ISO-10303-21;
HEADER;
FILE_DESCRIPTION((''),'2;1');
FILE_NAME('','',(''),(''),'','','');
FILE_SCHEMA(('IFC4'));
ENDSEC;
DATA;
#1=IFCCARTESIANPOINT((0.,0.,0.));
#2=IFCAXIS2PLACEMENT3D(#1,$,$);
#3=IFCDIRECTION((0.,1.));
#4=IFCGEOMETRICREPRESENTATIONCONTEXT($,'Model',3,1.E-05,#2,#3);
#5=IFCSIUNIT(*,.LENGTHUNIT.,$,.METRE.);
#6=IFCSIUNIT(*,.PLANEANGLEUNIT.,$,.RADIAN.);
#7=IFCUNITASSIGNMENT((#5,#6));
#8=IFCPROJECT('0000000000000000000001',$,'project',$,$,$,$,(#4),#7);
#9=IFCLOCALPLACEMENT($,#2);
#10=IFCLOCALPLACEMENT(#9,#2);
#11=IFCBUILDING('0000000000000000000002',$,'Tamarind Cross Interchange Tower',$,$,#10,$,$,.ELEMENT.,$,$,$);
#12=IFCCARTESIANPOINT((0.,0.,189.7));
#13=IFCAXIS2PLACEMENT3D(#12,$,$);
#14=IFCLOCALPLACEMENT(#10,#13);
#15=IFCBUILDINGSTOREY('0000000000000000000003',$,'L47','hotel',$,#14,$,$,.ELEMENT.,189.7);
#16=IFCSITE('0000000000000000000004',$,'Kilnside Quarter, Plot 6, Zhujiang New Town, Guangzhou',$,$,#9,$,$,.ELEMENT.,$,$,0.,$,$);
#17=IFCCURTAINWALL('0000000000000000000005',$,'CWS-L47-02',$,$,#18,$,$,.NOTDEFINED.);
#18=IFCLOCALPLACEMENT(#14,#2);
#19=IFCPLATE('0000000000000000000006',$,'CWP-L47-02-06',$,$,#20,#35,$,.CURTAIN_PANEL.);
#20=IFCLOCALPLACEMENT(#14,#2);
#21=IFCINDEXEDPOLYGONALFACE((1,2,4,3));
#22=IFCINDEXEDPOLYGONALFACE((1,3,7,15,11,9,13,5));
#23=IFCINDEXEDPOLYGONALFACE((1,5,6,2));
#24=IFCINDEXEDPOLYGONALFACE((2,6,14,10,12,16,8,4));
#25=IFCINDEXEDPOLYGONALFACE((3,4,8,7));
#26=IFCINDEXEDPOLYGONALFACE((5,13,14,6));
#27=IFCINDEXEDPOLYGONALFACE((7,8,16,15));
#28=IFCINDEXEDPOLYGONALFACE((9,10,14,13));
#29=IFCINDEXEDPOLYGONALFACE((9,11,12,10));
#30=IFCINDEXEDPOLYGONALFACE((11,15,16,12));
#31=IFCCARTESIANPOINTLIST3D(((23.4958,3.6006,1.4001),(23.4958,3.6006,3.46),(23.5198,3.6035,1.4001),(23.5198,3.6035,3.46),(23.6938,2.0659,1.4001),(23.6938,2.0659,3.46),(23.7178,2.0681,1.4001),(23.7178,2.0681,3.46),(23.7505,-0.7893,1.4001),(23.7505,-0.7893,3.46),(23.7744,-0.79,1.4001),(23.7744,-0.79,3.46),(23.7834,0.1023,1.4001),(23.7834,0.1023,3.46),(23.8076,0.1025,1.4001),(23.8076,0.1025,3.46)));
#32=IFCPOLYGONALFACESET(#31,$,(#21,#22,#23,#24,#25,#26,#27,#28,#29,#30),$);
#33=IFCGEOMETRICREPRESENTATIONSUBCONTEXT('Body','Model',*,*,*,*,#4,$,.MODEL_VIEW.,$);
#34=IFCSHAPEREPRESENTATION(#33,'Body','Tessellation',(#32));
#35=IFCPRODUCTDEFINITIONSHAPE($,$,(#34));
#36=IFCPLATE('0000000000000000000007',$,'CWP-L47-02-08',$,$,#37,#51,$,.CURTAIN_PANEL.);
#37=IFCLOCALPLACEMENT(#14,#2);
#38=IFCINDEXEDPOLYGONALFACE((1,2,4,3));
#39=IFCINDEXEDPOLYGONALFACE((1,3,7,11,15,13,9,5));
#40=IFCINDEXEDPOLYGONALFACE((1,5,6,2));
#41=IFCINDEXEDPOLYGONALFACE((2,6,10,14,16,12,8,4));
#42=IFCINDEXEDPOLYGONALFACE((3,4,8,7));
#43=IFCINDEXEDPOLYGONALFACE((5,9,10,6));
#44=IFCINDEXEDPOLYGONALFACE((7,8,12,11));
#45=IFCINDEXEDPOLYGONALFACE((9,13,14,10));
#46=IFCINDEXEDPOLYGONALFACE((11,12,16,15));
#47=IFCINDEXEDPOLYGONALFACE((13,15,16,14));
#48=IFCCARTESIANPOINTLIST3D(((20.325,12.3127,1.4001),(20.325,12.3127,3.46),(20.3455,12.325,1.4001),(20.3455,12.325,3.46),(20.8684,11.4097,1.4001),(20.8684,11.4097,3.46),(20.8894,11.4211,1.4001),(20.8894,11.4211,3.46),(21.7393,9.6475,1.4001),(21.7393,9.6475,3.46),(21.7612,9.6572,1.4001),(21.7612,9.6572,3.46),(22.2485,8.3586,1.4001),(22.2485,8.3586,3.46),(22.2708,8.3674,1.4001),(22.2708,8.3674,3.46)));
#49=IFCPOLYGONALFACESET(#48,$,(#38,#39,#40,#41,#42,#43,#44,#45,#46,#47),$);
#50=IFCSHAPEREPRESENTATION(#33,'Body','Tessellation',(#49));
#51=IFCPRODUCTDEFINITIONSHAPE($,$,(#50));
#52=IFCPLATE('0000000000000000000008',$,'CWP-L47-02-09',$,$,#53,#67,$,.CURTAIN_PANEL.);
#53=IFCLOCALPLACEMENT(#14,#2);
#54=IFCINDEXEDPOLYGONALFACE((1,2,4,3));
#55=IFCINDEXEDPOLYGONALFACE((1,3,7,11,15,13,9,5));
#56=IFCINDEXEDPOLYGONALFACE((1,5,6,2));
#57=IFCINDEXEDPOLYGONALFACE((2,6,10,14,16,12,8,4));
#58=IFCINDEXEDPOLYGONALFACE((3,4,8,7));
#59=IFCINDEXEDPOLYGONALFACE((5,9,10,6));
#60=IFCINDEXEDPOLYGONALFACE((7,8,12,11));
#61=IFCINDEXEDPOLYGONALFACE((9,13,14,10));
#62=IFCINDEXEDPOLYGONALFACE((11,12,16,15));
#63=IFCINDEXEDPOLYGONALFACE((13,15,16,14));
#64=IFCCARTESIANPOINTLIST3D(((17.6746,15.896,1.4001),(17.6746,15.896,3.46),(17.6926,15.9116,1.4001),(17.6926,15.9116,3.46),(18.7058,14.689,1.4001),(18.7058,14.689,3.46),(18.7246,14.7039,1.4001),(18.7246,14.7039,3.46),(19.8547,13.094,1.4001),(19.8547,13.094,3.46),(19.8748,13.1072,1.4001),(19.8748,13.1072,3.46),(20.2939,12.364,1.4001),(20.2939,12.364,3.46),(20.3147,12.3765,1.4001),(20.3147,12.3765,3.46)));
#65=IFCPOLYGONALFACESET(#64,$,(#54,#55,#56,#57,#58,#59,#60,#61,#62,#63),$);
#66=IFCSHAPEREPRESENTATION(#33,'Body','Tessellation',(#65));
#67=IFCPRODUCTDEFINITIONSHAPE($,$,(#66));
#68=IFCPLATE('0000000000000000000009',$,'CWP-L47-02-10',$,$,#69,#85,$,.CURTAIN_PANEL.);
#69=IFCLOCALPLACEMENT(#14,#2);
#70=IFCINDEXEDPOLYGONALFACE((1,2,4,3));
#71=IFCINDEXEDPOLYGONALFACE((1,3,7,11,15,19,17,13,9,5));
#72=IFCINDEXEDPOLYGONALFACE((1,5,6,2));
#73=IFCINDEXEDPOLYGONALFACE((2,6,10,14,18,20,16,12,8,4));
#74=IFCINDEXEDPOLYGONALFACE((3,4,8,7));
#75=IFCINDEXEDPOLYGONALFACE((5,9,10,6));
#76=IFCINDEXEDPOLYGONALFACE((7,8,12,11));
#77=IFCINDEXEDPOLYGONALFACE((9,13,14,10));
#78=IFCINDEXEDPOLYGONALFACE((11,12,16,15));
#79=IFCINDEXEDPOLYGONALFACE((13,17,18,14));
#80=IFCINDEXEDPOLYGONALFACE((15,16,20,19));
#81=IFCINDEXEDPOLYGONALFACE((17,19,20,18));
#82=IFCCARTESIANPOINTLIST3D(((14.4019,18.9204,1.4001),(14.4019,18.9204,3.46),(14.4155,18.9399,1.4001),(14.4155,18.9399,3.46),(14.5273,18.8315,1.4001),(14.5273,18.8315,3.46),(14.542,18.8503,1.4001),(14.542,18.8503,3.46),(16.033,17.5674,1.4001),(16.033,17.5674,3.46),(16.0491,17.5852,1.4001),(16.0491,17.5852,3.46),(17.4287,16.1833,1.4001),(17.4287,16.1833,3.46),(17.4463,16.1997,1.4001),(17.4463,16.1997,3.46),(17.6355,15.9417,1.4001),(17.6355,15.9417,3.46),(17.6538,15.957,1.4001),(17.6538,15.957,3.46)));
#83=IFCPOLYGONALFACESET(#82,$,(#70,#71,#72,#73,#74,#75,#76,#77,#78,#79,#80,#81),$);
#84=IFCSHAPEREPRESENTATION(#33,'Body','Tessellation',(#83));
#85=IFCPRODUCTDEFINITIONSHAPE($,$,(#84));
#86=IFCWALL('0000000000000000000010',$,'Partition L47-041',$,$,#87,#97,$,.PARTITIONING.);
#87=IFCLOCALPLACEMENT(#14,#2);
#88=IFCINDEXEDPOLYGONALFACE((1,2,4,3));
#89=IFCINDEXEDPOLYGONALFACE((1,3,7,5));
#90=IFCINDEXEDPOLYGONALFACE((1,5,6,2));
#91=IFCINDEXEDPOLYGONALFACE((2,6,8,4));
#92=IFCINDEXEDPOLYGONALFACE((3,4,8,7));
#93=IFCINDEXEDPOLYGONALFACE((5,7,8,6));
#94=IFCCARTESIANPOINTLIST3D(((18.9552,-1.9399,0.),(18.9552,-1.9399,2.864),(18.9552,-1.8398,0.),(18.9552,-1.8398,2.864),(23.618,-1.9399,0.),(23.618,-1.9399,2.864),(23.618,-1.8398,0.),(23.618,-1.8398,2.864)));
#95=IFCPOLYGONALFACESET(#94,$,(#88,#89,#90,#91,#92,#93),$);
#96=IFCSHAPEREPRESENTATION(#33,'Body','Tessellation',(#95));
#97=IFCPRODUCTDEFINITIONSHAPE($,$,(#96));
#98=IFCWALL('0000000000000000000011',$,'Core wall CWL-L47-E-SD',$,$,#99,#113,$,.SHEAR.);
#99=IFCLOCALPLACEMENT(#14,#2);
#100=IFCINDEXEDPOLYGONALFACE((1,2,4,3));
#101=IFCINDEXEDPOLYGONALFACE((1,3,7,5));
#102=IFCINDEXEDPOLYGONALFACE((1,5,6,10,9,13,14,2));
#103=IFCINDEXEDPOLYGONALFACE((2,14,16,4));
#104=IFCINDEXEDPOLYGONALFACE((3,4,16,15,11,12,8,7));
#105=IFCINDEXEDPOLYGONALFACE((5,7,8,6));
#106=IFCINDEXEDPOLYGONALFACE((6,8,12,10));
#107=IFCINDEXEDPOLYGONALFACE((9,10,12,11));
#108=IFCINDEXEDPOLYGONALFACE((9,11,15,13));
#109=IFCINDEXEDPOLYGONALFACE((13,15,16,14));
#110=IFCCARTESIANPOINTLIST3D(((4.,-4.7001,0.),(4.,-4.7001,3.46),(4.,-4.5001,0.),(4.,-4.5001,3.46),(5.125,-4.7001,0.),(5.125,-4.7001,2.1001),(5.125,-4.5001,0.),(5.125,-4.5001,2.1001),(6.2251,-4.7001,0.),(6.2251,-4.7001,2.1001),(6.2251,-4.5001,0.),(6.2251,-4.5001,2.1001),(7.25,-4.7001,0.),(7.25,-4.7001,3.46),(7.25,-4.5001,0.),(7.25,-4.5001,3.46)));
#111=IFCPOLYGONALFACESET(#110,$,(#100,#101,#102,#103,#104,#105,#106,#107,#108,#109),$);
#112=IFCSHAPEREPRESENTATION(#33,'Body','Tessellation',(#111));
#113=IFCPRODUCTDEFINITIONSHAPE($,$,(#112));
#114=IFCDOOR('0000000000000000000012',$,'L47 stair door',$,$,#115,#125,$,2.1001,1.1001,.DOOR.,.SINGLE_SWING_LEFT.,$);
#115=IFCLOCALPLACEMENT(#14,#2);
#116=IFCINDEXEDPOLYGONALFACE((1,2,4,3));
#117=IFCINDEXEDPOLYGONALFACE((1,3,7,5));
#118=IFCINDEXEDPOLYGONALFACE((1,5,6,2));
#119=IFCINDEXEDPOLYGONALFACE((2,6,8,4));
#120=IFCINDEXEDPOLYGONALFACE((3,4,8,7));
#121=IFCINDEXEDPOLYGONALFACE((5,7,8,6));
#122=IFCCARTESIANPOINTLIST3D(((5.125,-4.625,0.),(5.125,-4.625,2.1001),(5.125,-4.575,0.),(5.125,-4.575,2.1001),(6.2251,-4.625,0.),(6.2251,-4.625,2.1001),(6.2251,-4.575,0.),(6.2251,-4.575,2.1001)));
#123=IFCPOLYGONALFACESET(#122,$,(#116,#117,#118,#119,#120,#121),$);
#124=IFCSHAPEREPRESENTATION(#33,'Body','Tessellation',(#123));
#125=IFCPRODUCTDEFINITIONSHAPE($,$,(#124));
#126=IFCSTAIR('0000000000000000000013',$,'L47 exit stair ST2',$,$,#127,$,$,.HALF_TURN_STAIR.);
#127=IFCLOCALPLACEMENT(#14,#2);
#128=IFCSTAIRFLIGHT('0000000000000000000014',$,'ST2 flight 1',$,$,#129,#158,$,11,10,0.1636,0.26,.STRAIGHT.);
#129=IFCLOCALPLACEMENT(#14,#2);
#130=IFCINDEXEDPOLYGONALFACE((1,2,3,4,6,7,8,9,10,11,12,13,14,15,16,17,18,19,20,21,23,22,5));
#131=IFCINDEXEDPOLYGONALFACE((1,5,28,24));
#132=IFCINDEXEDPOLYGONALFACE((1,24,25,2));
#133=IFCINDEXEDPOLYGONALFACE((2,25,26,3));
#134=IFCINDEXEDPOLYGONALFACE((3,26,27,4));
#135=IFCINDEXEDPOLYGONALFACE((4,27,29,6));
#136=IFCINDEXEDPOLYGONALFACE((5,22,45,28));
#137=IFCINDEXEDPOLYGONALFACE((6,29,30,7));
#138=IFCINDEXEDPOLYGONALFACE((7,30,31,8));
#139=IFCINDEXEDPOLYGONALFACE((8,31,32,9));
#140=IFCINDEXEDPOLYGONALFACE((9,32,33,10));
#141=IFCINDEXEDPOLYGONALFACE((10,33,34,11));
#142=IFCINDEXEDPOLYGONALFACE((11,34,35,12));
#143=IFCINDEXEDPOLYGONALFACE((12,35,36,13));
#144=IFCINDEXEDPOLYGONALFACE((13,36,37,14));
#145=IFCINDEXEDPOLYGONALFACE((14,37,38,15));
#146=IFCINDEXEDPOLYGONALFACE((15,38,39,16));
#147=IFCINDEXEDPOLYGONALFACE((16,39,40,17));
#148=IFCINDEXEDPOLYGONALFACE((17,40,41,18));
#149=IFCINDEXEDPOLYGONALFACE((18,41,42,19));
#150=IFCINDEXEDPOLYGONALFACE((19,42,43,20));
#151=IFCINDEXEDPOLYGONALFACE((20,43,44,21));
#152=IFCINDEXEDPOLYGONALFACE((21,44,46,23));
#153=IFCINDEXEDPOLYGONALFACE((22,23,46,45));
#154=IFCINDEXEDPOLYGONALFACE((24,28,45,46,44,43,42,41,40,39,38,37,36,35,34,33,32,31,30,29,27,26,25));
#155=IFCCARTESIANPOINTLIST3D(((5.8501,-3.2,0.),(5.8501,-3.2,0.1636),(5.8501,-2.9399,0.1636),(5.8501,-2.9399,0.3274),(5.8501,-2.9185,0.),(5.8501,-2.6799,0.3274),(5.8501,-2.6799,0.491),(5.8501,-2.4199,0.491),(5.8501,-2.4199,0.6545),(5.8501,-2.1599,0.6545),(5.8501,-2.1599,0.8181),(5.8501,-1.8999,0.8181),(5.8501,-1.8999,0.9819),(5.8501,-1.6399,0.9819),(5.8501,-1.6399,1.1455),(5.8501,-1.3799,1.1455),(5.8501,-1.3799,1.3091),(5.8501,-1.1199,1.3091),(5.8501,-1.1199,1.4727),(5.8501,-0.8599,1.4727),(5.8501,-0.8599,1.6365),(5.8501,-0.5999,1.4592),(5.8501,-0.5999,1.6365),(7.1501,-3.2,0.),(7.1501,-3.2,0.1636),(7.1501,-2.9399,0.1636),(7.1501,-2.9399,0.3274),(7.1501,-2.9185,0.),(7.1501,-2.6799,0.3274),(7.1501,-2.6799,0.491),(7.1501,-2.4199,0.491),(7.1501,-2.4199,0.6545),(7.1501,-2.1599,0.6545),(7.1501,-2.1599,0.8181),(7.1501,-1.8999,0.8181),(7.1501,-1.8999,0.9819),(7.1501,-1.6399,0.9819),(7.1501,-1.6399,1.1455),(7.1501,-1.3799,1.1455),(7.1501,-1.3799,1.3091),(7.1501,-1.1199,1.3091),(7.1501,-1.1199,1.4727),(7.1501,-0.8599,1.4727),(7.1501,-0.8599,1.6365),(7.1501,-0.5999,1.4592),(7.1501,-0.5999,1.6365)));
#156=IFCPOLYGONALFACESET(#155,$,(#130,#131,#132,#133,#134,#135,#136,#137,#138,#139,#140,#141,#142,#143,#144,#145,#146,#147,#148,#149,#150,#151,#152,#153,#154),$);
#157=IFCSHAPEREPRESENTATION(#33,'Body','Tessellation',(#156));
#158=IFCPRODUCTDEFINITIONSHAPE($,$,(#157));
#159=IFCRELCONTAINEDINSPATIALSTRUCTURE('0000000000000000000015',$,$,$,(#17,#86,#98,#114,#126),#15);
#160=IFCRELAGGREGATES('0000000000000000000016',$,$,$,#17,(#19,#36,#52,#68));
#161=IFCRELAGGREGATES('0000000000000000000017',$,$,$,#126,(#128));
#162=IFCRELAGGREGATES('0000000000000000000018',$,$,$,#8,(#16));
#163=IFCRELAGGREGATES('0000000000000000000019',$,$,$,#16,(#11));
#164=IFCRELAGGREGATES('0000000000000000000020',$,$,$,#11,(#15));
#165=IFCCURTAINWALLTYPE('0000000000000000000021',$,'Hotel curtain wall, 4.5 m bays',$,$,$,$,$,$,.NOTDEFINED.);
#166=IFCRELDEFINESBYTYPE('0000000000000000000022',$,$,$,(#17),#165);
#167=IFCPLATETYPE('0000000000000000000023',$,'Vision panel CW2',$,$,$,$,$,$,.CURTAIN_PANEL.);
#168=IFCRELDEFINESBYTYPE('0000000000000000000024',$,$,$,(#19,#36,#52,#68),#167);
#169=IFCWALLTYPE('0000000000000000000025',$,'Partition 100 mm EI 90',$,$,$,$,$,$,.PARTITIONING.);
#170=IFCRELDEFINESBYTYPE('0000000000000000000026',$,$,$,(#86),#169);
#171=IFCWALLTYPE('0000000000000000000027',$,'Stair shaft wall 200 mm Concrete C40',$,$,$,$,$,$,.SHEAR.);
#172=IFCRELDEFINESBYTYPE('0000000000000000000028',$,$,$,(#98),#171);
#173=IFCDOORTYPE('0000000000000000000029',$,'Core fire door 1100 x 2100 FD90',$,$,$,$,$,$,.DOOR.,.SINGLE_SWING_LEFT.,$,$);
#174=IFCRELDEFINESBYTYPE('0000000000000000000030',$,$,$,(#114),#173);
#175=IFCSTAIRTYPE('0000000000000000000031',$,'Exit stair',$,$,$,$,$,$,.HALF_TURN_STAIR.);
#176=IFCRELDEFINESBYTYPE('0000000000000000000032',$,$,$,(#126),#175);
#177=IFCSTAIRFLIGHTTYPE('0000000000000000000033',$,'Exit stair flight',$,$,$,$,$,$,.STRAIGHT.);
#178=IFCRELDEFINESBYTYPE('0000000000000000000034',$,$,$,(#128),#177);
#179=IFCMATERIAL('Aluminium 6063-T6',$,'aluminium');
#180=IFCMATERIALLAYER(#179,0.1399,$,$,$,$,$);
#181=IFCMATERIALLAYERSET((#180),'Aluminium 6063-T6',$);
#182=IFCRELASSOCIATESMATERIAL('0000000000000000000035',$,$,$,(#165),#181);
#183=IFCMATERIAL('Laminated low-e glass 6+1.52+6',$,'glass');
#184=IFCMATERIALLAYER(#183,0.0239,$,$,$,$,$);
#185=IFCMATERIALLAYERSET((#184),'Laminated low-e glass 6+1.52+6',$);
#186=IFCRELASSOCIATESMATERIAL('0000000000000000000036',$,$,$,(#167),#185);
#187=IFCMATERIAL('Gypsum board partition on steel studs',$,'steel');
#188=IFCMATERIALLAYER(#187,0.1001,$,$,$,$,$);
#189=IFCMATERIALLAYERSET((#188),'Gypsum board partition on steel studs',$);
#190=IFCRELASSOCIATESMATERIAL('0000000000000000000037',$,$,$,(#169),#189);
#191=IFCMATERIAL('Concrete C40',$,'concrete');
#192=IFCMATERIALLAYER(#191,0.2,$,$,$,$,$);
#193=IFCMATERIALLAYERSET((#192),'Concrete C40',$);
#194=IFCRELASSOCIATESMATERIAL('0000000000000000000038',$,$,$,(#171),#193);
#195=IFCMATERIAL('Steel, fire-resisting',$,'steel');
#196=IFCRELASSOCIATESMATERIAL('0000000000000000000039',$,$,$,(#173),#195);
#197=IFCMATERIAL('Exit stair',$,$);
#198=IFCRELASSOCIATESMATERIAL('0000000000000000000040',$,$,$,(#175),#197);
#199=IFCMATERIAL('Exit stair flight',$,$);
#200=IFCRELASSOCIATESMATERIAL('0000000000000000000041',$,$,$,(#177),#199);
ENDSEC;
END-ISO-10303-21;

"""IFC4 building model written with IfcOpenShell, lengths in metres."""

from ifc_helpers import new_model, si_unit, direction, frame, frame_2d, origin, place, context, subcontext, project, spatial, polyline, rectangle, outline, extrude, material, layer, layer_set, type_object, element, fill, aggregate, save


model = new_model("IFC4")

# Units and contexts
model_context = context("Model", 3, precision=1e-05, world=origin(), true_north=direction((0.0, 1.0)))
body_context = subcontext(model_context, "Body", "Model", "MODEL_VIEW")
ifc_project = project(units=[si_unit("LENGTHUNIT", "METRE"), si_unit("PLANEANGLEUNIT", "RADIAN")], contexts=[model_context])

# Site, building, storey
site_placement = place(None, origin())
site = spatial("IfcSite", under=ifc_project, at=site_placement, Name="Kilnside Quarter, Plot 6, Zhujiang New Town, Guangzhou", CompositionType="ELEMENT", RefElevation=0.0)
building_placement = place(site_placement, origin())
building = spatial("IfcBuilding", under=site, at=building_placement, Name="Tamarind Cross Interchange Tower", CompositionType="ELEMENT")
storey_placement = place(building_placement, frame((0.0, 0.0, 189.7)))
storey = spatial("IfcBuildingStorey", under=building, at=storey_placement, Name="L47", Description="hotel", CompositionType="ELEMENT", Elevation=189.7)

# Shared definitions
ifc_material_1 = material(Name="Aluminium 6063-T6", Category="aluminium")
ifc_layer_1 = layer(ifc_material_1, 0.1399)
ifc_layer_set_1 = layer_set([ifc_layer_1], Name="Aluminium 6063-T6")
curtain_wall_type = type_object("IfcCurtainWallType", Name="Hotel curtain wall, 4.5 m bays", PredefinedType="NOTDEFINED", material=ifc_layer_set_1)

# Curtain wall
curtain_wall_1_placement = place(storey_placement, origin())
curtain_wall_1 = element("IfcCurtainWall", 1, at=curtain_wall_1_placement, inside=storey, type_object=curtain_wall_type, Name="CWS-L47-02", PredefinedType="NOTDEFINED")

# Plates
ifc_material_2 = material(Name="Laminated low-e glass 6+1.52+6", Category="glass")
ifc_layer_2 = layer(ifc_material_2, 0.0239)
ifc_layer_set_2 = layer_set([ifc_layer_2], Name="Laminated low-e glass 6+1.52+6")
plate_type = type_object("IfcPlateType", Name="Vision panel CW2", PredefinedType="CURTAIN_PANEL", material=ifc_layer_set_2)
plate_1_placement = place(storey_placement, frame((0.0, 0.0, 1.4001)))
plate_1 = element("IfcPlate", 2, at=plate_1_placement, type_object=plate_type, Name="CWP-L47-02-06", PredefinedType="CURTAIN_PANEL", context=body_context, shape_type="SweptSolid", body=[
    extrude(outline(polyline([(23.7505, -0.7893), (23.7834, 0.1023), (23.6938, 2.0659), (23.4958, 3.6006), (23.5198, 3.6035), (23.7178, 2.0681), (23.8076, 0.1025), (23.7744, -0.79), (23.7505, -0.7893)])), origin(), (0.0, 0.0, 1.0), 2.0598),
])
plate_2_placement = place(storey_placement, frame((0.0, 0.0, 1.4001)))
plate_2 = element("IfcPlate", 3, at=plate_2_placement, type_object=plate_type, Name="CWP-L47-02-08", PredefinedType="CURTAIN_PANEL", context=body_context, shape_type="SweptSolid", body=[
    extrude(outline(polyline([(22.2485, 8.3586), (21.7393, 9.6475), (20.8684, 11.4097), (20.325, 12.3127), (20.3455, 12.325), (20.8894, 11.4211), (21.7612, 9.6572), (22.2708, 8.3674), (22.2485, 8.3586)])), origin(), (0.0, 0.0, 1.0), 2.0598),
])
plate_3_placement = place(storey_placement, frame((0.0, 0.0, 1.4001)))
plate_3 = element("IfcPlate", 4, at=plate_3_placement, type_object=plate_type, Name="CWP-L47-02-09", PredefinedType="CURTAIN_PANEL", context=body_context, shape_type="SweptSolid", body=[
    extrude(outline(polyline([(20.2939, 12.364), (19.8547, 13.094), (18.7058, 14.689), (17.6746, 15.896), (17.6926, 15.9116), (18.7246, 14.7039), (19.8748, 13.1072), (20.3147, 12.3765), (20.2939, 12.364)])), origin(), (0.0, 0.0, 1.0), 2.0598),
])
plate_4_placement = place(storey_placement, frame((0.0, 0.0, 1.4001)))
plate_4 = element("IfcPlate", 5, at=plate_4_placement, type_object=plate_type, Name="CWP-L47-02-10", PredefinedType="CURTAIN_PANEL", context=body_context, shape_type="SweptSolid", body=[
    extrude(outline(polyline([(17.6355, 15.9417), (17.4287, 16.1833), (16.033, 17.5674), (14.5273, 18.8315), (14.4019, 18.9204), (14.4155, 18.9399), (14.542, 18.8503), (16.0491, 17.5852), (17.4463, 16.1997), (17.6538, 15.957), (17.6355, 15.9417)])), origin(), (0.0, 0.0, 1.0), 2.0598),
])
aggregate(curtain_wall_1, [plate_1, plate_2, plate_3, plate_4])

# Wall
ifc_material_3 = material(Name="Gypsum board partition on steel studs", Category="steel")
ifc_layer_3 = layer(ifc_material_3, 0.1001)
ifc_layer_set_3 = layer_set([ifc_layer_3], Name="Gypsum board partition on steel studs")
wall_type_1 = type_object("IfcWallType", Name="Partition 100 mm EI 90", PredefinedType="PARTITIONING", material=ifc_layer_set_3)
wall_1_placement = place(storey_placement, frame((18.9551, -1.8899, 0.0), z_axis=(0.0, 0.0, 1.0), x_axis=(1.0, 0.0, 0.0)))
element("IfcWall", 6, at=wall_1_placement, inside=storey, type_object=wall_type_1, Name="Partition L47-041", PredefinedType="PARTITIONING", context=body_context, shape_type="SweptSolid", body=[
    extrude(rectangle(XDim=4.6628, YDim=0.1001, at=frame_2d((2.3315, 0.0))), origin(), (0.0, 0.0, 1.0), 2.864),
])

# Wall, opening, door
ifc_material_4 = material(Name="Concrete C40", Category="concrete")
ifc_layer_4 = layer(ifc_material_4, 0.2)
ifc_layer_set_4 = layer_set([ifc_layer_4], Name="Concrete C40")
wall_type_2 = type_object("IfcWallType", Name="Stair shaft wall 200 mm Concrete C40", PredefinedType="SHEAR", material=ifc_layer_set_4)
wall_2_placement = place(storey_placement, frame((7.25, -4.6001, 0.0), z_axis=(0.0, 0.0, 1.0), x_axis=(-1.0, 0.0, 0.0)))
wall_2 = element("IfcWall", 7, at=wall_2_placement, inside=storey, type_object=wall_type_2, Name="Core wall CWL-L47-E-SD", PredefinedType="SHEAR", context=body_context, shape_type="SweptSolid", body=[
    extrude(rectangle(XDim=3.25, YDim=0.2, at=frame_2d((1.625, 0.0))), origin(), (0.0, 0.0, 1.0), 3.46),
])
opening_placement = place(wall_2_placement, frame((1.0249, 0.0, 0.0)))
opening = element("IfcOpeningElement", 8, at=opening_placement, cuts=wall_2, PredefinedType="OPENING", context=body_context, shape_type="SweptSolid", body=[
    extrude(rectangle(XDim=1.1001, YDim=2.1001, at=frame_2d((0.55, 1.05))), frame((0.0, 0.1099, 0.0), z_axis=(0.0, -1.0, 0.0), x_axis=(1.0, 0.0, 0.0)), (0.0, 0.0, 1.0), 0.22),
])
ifc_material_5 = material(Name="Steel, fire-resisting", Category="steel")
door_type = type_object("IfcDoorType", Name="Core fire door 1100 x 2100 FD90", OperationType="SINGLE_SWING_LEFT", PredefinedType="DOOR", material=ifc_material_5)
door_placement = place(opening_placement, origin())
door = element("IfcDoor", 9, at=door_placement, inside=storey, type_object=door_type, Name="L47 stair door", OperationType="SINGLE_SWING_LEFT", OverallHeight=2.1001, OverallWidth=1.1001, PredefinedType="DOOR", context=body_context, shape_type="SweptSolid", body=[
    extrude(rectangle(XDim=1.1001, YDim=2.1001, at=frame_2d((0.55, 1.05))), frame((0.0, 0.0249, 0.0), z_axis=(0.0, -1.0, 0.0), x_axis=(1.0, 0.0, 0.0)), (0.0, 0.0, 1.0), 0.05),
])
fill(opening, door)

# Stair, stair flight
ifc_material_6 = material(Name="Exit stair")
stair_type = type_object("IfcStairType", Name="Exit stair", PredefinedType="HALF_TURN_STAIR", material=ifc_material_6)
stair_placement = place(storey_placement, origin())
stair = element("IfcStair", 10, at=stair_placement, inside=storey, type_object=stair_type, Name="L47 exit stair ST2", PredefinedType="HALF_TURN_STAIR")
ifc_material_7 = material(Name="Exit stair flight")
stair_flight_type = type_object("IfcStairFlightType", Name="Exit stair flight", PredefinedType="STRAIGHT", material=ifc_material_7)
stair_flight_1_placement = place(storey_placement, frame((6.5, -3.2, 0.0), z_axis=(0.0, 0.0, 1.0), x_axis=(0.0, 1.0, 0.0)))
stair_flight_1 = element("IfcStairFlight", 11, at=stair_flight_1_placement, type_object=stair_flight_type, Name="ST2 flight 1", NumberOfRisers=11, NumberOfTreads=10, PredefinedType="STRAIGHT", RiserHeight=0.1636, TreadLength=0.26, context=body_context, shape_type="SweptSolid", body=[
    extrude(outline(polyline([(0.0, 0.0), (0.0, 0.1636), (0.26, 0.1636), (0.26, 0.3274), (0.52, 0.3274), (0.52, 0.491), (0.78, 0.491), (0.78, 0.6545), (1.04, 0.6545), (1.04, 0.8181), (1.3, 0.8181), (1.3, 0.9819), (1.5601, 0.9819), (1.5601, 1.1455), (1.8201, 1.1455), (1.8201, 1.3091), (2.0801, 1.3091), (2.0801, 1.4727), (2.3401, 1.4727), (2.3401, 1.6365), (2.6001, 1.6365), (2.6001, 1.8), (2.6001, 1.4592), (0.2815, 0.0), (0.0, 0.0)])), frame((0.0, 0.6499, 0.0), z_axis=(0.0, -1.0, 0.0), x_axis=(1.0, 0.0, 0.0)), (0.0, 0.0, 1.0), 1.3),
])
aggregate(stair, [stair_flight_1])

save(model, "model.ifc")
